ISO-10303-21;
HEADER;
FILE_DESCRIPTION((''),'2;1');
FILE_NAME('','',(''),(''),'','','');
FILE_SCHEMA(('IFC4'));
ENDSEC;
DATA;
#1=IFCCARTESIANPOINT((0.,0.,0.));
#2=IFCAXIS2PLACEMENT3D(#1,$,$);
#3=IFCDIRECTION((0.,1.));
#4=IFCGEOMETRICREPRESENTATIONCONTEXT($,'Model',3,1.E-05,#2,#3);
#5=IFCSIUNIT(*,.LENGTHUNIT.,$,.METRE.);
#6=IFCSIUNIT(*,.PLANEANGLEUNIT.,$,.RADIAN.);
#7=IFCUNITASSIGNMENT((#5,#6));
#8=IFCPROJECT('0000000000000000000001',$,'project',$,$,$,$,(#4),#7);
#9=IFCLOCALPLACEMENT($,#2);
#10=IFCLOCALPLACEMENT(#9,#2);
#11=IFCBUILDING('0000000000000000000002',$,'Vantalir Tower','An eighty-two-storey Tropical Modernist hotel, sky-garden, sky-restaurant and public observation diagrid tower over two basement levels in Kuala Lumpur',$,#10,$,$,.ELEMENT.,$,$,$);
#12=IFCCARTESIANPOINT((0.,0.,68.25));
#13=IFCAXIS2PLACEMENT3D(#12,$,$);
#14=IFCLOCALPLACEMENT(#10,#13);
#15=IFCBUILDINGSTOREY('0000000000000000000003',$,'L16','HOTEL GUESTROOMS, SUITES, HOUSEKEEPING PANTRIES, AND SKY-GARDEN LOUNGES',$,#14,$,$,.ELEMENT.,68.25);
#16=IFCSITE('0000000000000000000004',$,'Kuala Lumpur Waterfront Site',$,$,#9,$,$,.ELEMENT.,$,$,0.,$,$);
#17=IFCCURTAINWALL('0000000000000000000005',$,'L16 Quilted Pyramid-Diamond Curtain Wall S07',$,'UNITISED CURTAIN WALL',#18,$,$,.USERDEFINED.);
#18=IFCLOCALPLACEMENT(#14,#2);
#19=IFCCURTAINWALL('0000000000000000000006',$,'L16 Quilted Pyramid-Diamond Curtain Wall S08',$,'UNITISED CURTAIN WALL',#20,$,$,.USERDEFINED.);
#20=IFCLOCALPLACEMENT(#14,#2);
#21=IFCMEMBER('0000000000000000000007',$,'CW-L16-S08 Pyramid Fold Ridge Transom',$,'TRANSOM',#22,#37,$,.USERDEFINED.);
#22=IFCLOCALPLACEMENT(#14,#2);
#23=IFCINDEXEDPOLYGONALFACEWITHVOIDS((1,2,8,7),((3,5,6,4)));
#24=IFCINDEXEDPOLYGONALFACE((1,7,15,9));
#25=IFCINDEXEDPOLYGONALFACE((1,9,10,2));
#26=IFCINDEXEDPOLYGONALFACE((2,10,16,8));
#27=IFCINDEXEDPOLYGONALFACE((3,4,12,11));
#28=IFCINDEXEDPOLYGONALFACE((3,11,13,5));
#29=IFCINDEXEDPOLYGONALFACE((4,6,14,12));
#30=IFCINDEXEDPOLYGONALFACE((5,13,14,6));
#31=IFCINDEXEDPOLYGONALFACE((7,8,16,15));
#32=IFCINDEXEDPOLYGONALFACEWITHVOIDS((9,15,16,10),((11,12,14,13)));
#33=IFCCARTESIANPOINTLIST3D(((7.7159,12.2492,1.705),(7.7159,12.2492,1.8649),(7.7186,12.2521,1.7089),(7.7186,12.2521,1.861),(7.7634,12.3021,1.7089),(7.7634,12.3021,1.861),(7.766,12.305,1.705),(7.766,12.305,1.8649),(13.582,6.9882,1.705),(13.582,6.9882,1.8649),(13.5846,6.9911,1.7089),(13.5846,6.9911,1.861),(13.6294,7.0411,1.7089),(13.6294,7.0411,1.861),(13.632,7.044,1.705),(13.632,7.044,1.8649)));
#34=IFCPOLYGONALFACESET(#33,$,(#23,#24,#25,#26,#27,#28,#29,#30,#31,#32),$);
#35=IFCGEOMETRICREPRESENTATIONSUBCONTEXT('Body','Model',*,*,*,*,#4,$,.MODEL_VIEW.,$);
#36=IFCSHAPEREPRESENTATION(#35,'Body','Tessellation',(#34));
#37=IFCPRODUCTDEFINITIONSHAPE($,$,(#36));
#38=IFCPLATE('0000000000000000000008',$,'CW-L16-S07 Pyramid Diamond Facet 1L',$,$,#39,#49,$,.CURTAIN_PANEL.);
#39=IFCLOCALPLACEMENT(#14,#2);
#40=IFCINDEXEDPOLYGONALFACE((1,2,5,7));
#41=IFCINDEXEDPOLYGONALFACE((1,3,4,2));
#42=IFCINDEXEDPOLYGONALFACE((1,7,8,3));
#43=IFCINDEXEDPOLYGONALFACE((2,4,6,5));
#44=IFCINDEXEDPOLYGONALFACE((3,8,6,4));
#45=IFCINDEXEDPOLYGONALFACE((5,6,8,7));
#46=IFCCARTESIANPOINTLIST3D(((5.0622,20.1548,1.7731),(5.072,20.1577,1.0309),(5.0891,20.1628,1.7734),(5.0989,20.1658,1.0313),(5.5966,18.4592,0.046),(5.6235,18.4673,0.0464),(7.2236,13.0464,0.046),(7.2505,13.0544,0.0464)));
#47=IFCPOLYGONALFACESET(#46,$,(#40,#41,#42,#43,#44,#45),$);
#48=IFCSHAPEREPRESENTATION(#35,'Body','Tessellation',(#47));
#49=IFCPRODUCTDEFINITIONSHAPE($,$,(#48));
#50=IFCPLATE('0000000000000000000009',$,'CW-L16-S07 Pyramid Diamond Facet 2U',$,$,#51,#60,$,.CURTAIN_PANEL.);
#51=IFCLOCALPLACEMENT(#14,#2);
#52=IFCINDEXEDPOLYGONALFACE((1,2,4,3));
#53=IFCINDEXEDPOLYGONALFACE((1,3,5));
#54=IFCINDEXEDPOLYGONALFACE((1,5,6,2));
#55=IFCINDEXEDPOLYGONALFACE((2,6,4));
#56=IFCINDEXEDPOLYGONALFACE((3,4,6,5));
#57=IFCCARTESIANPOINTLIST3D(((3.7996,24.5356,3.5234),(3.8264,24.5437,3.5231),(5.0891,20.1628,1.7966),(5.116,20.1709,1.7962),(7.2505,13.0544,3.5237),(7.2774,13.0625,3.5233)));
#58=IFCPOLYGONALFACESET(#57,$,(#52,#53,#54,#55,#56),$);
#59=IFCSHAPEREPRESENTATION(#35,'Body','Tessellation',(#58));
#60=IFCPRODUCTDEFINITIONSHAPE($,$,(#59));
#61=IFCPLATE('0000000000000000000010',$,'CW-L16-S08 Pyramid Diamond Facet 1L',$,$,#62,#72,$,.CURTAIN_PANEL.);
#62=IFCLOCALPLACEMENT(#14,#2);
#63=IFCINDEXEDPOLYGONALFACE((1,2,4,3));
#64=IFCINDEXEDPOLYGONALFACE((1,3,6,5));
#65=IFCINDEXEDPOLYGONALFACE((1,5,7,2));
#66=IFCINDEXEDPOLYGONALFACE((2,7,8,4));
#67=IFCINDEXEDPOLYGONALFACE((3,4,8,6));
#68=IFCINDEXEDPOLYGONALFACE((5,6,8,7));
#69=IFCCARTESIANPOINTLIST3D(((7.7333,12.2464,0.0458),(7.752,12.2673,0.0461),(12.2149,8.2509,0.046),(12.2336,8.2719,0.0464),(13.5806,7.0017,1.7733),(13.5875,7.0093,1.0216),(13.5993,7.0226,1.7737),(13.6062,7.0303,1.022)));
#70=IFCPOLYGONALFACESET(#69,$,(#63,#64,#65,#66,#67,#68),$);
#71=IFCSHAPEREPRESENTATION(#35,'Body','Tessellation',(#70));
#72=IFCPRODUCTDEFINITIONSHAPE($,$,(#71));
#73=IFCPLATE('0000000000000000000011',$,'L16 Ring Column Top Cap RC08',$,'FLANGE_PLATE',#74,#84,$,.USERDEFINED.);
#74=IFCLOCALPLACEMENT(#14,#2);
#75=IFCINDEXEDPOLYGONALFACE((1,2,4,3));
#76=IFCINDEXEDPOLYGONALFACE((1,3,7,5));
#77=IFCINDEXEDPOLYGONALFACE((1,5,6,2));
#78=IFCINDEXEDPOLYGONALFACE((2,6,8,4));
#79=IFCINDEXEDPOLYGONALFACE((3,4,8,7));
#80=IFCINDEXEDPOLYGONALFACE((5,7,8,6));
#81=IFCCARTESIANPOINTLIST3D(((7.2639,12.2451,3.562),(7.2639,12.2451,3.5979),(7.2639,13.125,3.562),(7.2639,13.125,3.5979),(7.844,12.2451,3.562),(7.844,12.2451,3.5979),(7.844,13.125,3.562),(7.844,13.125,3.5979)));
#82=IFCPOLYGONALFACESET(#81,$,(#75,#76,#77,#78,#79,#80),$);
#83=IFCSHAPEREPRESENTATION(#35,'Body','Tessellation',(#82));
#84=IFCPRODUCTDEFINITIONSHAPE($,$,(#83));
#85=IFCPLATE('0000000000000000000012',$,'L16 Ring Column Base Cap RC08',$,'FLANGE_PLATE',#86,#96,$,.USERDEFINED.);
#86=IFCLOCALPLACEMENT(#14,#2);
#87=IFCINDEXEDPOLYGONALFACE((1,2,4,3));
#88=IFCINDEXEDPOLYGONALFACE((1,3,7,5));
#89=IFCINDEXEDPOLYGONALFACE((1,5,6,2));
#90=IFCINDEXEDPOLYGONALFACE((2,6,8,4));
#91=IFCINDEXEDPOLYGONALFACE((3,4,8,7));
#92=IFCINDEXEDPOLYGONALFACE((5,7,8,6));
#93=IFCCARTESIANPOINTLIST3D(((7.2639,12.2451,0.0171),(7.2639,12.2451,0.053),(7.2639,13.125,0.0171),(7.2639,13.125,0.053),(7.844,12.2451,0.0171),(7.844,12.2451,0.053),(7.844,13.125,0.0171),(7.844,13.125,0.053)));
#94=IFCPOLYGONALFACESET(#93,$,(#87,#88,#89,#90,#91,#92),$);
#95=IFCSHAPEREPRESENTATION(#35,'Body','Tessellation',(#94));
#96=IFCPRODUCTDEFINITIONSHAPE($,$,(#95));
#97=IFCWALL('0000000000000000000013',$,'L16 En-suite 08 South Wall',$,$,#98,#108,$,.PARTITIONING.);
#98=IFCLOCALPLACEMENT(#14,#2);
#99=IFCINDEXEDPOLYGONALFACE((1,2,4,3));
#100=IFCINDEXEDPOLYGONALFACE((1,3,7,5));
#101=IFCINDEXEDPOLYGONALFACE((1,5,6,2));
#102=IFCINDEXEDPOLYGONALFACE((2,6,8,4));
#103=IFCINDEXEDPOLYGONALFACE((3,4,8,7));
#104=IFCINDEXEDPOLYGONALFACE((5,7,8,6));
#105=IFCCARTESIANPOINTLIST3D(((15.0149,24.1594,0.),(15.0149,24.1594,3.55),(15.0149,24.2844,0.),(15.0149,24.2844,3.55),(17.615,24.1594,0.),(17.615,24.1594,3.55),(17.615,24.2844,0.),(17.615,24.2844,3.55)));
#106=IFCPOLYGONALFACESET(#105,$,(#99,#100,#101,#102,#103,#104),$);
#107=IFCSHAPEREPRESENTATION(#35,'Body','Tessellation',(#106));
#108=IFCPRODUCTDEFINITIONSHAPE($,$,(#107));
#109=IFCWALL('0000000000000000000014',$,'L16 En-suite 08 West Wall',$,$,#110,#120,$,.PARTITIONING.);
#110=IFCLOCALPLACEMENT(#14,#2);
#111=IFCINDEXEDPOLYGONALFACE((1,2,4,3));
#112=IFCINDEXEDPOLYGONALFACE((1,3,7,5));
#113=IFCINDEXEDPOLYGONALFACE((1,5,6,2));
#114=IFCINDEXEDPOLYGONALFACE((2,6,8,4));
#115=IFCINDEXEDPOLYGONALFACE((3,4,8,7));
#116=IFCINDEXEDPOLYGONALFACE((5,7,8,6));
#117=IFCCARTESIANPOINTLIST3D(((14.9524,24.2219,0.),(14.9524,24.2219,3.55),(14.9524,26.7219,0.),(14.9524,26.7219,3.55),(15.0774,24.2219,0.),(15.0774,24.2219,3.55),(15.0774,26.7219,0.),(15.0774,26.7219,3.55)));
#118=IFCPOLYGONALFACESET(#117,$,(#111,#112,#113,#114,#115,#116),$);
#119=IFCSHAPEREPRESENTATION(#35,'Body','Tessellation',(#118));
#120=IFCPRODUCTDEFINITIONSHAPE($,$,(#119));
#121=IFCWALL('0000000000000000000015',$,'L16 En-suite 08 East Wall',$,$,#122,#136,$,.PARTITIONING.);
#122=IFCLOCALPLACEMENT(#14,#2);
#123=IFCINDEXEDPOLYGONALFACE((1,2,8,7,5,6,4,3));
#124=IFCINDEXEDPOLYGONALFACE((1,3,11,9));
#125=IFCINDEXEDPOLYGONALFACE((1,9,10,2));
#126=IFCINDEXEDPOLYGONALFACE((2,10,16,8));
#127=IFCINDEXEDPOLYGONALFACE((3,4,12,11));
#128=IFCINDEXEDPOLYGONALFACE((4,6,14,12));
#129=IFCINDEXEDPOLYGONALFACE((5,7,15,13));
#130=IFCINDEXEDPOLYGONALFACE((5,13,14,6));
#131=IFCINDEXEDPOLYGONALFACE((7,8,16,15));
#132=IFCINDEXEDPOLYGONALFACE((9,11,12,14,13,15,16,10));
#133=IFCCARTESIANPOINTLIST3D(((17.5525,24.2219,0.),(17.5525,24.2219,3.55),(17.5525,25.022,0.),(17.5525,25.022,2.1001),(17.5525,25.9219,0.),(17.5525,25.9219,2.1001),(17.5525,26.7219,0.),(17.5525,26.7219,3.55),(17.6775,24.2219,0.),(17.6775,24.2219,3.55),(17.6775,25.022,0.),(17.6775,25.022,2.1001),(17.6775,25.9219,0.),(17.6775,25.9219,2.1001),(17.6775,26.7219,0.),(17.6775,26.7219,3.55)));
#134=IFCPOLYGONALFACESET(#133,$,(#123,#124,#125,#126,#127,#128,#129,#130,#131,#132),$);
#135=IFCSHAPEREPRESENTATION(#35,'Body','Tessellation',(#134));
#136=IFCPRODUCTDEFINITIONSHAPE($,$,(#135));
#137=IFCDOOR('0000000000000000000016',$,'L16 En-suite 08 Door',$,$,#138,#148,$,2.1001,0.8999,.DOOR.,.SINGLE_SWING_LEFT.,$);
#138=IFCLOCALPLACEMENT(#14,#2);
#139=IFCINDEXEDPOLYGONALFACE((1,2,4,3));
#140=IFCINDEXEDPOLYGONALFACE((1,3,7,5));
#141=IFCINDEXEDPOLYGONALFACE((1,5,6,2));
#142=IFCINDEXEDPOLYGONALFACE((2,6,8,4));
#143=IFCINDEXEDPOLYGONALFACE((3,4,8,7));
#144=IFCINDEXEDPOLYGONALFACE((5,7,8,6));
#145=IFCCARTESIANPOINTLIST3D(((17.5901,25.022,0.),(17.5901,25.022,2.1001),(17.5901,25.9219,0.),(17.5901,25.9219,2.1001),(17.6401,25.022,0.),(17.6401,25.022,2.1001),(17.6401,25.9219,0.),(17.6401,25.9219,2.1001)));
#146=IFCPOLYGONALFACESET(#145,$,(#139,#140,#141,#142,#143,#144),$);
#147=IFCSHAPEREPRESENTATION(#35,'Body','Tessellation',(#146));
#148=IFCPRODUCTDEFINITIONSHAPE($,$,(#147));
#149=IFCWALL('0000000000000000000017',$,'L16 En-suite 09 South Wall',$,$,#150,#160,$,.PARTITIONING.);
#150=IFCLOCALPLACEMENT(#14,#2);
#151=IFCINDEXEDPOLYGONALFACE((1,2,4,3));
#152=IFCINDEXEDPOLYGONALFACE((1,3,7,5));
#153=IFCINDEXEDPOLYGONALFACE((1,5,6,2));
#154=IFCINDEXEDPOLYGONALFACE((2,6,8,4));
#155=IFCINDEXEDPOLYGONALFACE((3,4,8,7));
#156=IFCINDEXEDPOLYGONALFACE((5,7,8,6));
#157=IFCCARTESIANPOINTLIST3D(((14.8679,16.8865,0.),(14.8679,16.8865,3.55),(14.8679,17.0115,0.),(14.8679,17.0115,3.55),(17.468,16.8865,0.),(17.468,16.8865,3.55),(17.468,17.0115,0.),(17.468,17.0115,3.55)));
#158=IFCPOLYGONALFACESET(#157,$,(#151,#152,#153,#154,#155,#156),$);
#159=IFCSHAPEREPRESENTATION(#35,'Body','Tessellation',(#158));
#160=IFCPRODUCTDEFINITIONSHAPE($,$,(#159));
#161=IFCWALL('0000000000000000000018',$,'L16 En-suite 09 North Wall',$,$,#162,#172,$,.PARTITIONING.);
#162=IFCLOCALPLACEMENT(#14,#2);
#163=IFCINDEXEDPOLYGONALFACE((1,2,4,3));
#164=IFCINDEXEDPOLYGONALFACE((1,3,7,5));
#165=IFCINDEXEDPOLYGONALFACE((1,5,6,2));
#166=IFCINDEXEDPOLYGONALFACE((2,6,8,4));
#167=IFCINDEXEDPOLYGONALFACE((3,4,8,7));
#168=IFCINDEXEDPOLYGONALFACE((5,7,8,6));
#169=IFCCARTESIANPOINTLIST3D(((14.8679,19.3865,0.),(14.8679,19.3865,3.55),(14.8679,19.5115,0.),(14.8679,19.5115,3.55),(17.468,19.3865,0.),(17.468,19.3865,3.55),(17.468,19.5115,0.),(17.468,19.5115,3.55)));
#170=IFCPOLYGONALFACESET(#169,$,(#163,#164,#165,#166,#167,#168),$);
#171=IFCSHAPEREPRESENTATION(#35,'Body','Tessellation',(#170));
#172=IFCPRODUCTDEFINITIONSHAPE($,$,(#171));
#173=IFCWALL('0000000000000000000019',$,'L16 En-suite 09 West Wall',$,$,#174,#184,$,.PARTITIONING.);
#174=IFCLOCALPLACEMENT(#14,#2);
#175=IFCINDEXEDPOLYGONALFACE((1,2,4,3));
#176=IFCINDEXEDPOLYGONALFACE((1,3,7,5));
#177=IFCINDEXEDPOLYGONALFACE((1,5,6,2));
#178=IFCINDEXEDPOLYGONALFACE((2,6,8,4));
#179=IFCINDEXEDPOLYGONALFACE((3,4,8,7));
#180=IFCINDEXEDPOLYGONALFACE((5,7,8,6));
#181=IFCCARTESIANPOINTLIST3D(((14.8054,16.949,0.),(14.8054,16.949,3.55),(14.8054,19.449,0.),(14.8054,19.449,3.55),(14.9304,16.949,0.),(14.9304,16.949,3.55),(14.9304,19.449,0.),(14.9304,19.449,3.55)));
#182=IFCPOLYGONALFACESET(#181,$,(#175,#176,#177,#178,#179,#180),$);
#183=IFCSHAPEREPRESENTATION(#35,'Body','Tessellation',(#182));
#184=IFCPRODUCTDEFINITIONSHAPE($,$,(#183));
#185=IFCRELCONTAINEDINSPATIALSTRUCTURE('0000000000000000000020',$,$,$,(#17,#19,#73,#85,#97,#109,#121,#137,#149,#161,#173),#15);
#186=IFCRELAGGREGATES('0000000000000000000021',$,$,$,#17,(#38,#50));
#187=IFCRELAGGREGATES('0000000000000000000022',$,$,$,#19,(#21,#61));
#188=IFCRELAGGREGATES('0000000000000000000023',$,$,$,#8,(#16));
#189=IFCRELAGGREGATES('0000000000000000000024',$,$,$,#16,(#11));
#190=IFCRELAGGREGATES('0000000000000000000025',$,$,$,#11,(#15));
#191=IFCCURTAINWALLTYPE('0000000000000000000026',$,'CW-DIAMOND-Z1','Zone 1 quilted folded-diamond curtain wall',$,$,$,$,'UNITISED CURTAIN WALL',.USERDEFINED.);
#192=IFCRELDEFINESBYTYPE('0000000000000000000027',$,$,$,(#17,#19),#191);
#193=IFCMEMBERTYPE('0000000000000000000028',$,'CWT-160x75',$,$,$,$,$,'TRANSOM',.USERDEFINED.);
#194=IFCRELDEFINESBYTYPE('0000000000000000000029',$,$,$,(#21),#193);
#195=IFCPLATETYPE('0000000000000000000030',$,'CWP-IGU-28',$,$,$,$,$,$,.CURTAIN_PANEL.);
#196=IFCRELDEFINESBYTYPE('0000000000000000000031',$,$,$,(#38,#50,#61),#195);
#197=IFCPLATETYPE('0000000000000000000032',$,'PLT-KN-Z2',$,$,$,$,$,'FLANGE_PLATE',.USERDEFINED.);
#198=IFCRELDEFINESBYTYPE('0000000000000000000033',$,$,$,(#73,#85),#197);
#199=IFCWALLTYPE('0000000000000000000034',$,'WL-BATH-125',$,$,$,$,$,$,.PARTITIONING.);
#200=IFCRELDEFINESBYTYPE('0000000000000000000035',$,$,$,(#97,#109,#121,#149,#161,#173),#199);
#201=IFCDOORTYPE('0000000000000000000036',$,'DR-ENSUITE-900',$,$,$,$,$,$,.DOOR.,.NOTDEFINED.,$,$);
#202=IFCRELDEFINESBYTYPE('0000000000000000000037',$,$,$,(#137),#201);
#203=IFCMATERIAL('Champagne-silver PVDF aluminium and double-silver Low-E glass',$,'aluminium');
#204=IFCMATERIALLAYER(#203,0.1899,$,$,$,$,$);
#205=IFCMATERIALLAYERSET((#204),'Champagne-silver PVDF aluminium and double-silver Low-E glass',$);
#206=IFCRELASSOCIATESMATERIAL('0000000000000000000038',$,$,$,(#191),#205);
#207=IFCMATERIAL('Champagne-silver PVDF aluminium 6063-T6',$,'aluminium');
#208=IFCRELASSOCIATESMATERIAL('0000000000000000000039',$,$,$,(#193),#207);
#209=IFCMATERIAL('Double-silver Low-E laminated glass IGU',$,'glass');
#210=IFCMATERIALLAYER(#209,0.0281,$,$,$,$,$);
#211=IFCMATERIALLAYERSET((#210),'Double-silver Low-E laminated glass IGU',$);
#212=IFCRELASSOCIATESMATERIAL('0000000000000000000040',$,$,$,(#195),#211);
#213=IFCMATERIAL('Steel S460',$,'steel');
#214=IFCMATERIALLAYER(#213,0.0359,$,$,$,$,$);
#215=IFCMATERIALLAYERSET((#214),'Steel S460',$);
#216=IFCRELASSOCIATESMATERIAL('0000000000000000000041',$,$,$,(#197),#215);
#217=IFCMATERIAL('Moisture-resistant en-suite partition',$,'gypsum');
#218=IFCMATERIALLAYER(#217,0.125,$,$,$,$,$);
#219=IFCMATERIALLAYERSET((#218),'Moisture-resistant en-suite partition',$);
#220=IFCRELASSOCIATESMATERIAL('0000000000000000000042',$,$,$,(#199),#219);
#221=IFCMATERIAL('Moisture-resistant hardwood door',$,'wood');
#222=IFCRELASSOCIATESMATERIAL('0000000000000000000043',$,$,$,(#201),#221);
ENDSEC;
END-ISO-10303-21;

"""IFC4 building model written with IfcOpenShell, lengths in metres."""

from ifc_helpers import new_model, si_unit, direction, frame, frame_2d, origin, origin_2d, place, context, subcontext, project, spatial, polyline, rectangle, hollow_rectangle, outline, extrude, material, layer, layer_set, material_profile, profile_set, type_object, element, fill, aggregate, save


model = new_model("IFC4")

# Units and contexts
model_context = context("Model", 3, precision=1e-05, world=origin(), true_north=direction((0.0, 1.0)))
body_context = subcontext(model_context, "Body", "Model", "MODEL_VIEW")
ifc_project = project(units=[si_unit("LENGTHUNIT", "METRE"), si_unit("PLANEANGLEUNIT", "RADIAN")], contexts=[model_context])

# Site, building, storey
site_placement = place(None, origin())
site = spatial("IfcSite", under=ifc_project, at=site_placement, Name="Kuala Lumpur Waterfront Site", CompositionType="ELEMENT", RefElevation=0.0)
building_placement = place(site_placement, origin())
building = spatial("IfcBuilding", under=site, at=building_placement, Name="Vantalir Tower", Description="An eighty-two-storey Tropical Modernist hotel, sky-garden, sky-restaurant and public observation diagrid tower over two basement levels in Kuala Lumpur", CompositionType="ELEMENT")
storey_placement = place(building_placement, frame((0.0, 0.0, 68.25)))
storey = spatial("IfcBuildingStorey", under=building, at=storey_placement, Name="L16", Description="HOTEL GUESTROOMS, SUITES, HOUSEKEEPING PANTRIES, AND SKY-GARDEN LOUNGES", CompositionType="ELEMENT", Elevation=68.25)

# Shared definitions
ifc_material_1 = material(Name="Steel S460", Category="steel")

# Curtain wall
ifc_material_2 = material(Name="Champagne-silver PVDF aluminium and double-silver Low-E glass", Category="aluminium")
ifc_layer_1 = layer(ifc_material_2, 0.1899)
ifc_layer_set_1 = layer_set([ifc_layer_1], Name="Champagne-silver PVDF aluminium and double-silver Low-E glass")
curtain_wall_type = type_object("IfcCurtainWallType", Name="CW-DIAMOND-Z1", Description="Zone 1 quilted folded-diamond curtain wall", ElementType="UNITISED CURTAIN WALL", PredefinedType="USERDEFINED", material=ifc_layer_set_1)
curtain_wall_1_placement = place(storey_placement, origin())
curtain_wall_1 = element("IfcCurtainWall", 1, at=curtain_wall_1_placement, inside=storey, type_object=curtain_wall_type, Name="L16 Quilted Pyramid-Diamond Curtain Wall S07", ObjectType="UNITISED CURTAIN WALL", PredefinedType="USERDEFINED")
ifc_material_3 = material(Name="Champagne-silver PVDF aluminium 6063-T6", Category="aluminium")

# Curtain wall, member
curtain_wall_2_placement = place(storey_placement, origin())
curtain_wall_2 = element("IfcCurtainWall", 2, at=curtain_wall_2_placement, inside=storey, type_object=curtain_wall_type, Name="L16 Quilted Pyramid-Diamond Curtain Wall S08", ObjectType="UNITISED CURTAIN WALL", PredefinedType="USERDEFINED")
ifc_material_profile_1 = material_profile(ifc_material_3, hollow_rectangle(XDim=0.075, YDim=0.1599, WallThickness=0.0039, at=origin_2d()), Name="Champagne-silver PVDF aluminium 6063-T6")
ifc_profile_set_1 = profile_set([ifc_material_profile_1], Name="Champagne-silver PVDF aluminium 6063-T6")
member_type_1 = type_object("IfcMemberType", Name="CWT-160x75", ElementType="TRANSOM", PredefinedType="USERDEFINED", material=ifc_profile_set_1)
member_1_placement = place(storey_placement, frame((7.741, 12.2771, 1.7849), z_axis=(0.744453, -0.667675, 0.0), x_axis=(0.667675, 0.744453, 0.0)))
member_1 = element("IfcMember", 3, at=member_1_placement, type_object=member_type_1, Name="CW-L16-S08 Pyramid Fold Ridge Transom", ObjectType="TRANSOM", PredefinedType="USERDEFINED", context=body_context, shape_type="SweptSolid", body=[
    extrude(hollow_rectangle(XDim=0.075, YDim=0.1599, WallThickness=0.0039, at=origin_2d()), origin(), (0.0, 0.0, 1.0), 7.8796),
])

# Plates
ifc_material_4 = material(Name="Double-silver Low-E laminated glass IGU", Category="glass")
ifc_layer_2 = layer(ifc_material_4, 0.0281)
ifc_layer_set_2 = layer_set([ifc_layer_2], Name="Double-silver Low-E laminated glass IGU")
plate_type_1 = type_object("IfcPlateType", Name="CWP-IGU-28", PredefinedType="CURTAIN_PANEL", material=ifc_layer_set_2)
plate_1_placement = place(storey_placement, frame((5.6235, 18.4673, 0.0464), z_axis=(0.957585, 0.287825, 0.013742), x_axis=(0.287852, -0.957675, 0.0)))
plate_1 = element("IfcPlate", 4, at=plate_1_placement, type_object=plate_type_1, Name="CW-L16-S07 Pyramid Diamond Facet 1L", PredefinedType="CURTAIN_PANEL", context=body_context, shape_type="SweptSolid", body=[
    extrude(outline(polyline([(0.0, 0.0), (5.6521, 0.0), (-1.7776, -1.7272), (-1.7776, -0.985), (0.0, 0.0)])), origin(), (0.0, 0.0, -1.0), 0.0281),
])
plate_2_placement = place(storey_placement, frame((7.2505, 13.0544, 3.5237), z_axis=(-0.957585, -0.287823, 0.013747), x_axis=(-0.28785, 0.957675, -0.00002)))
plate_2 = element("IfcPlate", 5, at=plate_2_placement, type_object=plate_type_1, Name="CW-L16-S07 Pyramid Diamond Facet 2U", PredefinedType="CURTAIN_PANEL", context=body_context, shape_type="SweptSolid", body=[
    extrude(outline(polyline([(0.0, 0.0), (11.9886, 0.0), (7.4297, 1.7271), (0.0, 0.0)])), origin(), (0.0, 0.0, -1.0), 0.0281),
])
aggregate(curtain_wall_1, [plate_1, plate_2])
plate_3_placement = place(storey_placement, frame((7.752, 12.2673, 0.0461), z_axis=(0.665396, 0.746365, 0.0137), x_axis=(0.746435, -0.665458, 0.00004)))
plate_3 = element("IfcPlate", 6, at=plate_3_placement, type_object=plate_type_1, Name="CW-L16-S08 Pyramid Diamond Facet 1L", PredefinedType="CURTAIN_PANEL", context=body_context, shape_type="SweptSolid", body=[
    extrude(outline(polyline([(0.0, 0.0), (6.004, 0.0), (7.8549, -0.9756), (7.8549, -1.7274), (0.0, 0.0)])), origin(), (0.0, 0.0, -1.0), 0.0281),
])
aggregate(curtain_wall_2, [member_1, plate_3])

# Plates
ifc_layer_3 = layer(ifc_material_1, 0.0359)
ifc_layer_set_3 = layer_set([ifc_layer_3], Name="Steel S460")
plate_type_2 = type_object("IfcPlateType", Name="PLT-KN-Z2", ElementType="FLANGE_PLATE", PredefinedType="USERDEFINED", material=ifc_layer_set_3)
for number, where, z_axis, x_axis, name in (
    (7, (7.2639, 13.125, 3.5979), (0.0, 0.0, 1.0), (0.0, -1.0, 0.0), "L16 Ring Column Top Cap RC08"),
    (8, (7.2639, 13.125, 0.053), (0.0, 0.0, 1.0), (0.0, -1.0, 0.0), "L16 Ring Column Base Cap RC08"),
):
    element("IfcPlate", number, at=place(storey_placement, frame(where, z_axis=z_axis, x_axis=x_axis)), inside=storey, type_object=plate_type_2, Name=name, ObjectType="FLANGE_PLATE", PredefinedType="USERDEFINED", context=body_context, shape_type="SweptSolid", body=[
        extrude(outline(polyline([(0.0, 0.0), (0.8799, 0.0), (0.8799, 0.5801), (0.0, 0.5801), (0.0, 0.0)])), origin(), (0.0, 0.0, -1.0), 0.0359),
    ])

# Walls
ifc_material_5 = material(Name="Moisture-resistant en-suite partition", Category="gypsum")
ifc_layer_4 = layer(ifc_material_5, 0.125)
ifc_layer_set_4 = layer_set([ifc_layer_4], Name="Moisture-resistant en-suite partition")
wall_type = type_object("IfcWallType", Name="WL-BATH-125", PredefinedType="PARTITIONING", material=ifc_layer_set_4)
wall_1_placement = place(storey_placement, frame((15.0149, 24.2219, 0.0), z_axis=(0.0, 0.0, 1.0), x_axis=(1.0, 0.0, 0.0)))
element("IfcWall", 9, at=wall_1_placement, inside=storey, type_object=wall_type, Name="L16 En-suite 08 South Wall", PredefinedType="PARTITIONING", context=body_context, shape_type="SweptSolid", body=[
    extrude(rectangle(XDim=2.6001, YDim=0.125, at=frame_2d((1.3, 0.0))), origin(), (0.0, 0.0, 1.0), 3.55),
])
wall_2_placement = place(storey_placement, frame((15.0149, 24.2219, 0.0), z_axis=(0.0, 0.0, 1.0), x_axis=(0.0, 1.0, 0.0)))
element("IfcWall", 10, at=wall_2_placement, inside=storey, type_object=wall_type, Name="L16 En-suite 08 West Wall", PredefinedType="PARTITIONING", context=body_context, shape_type="SweptSolid", body=[
    extrude(rectangle(XDim=2.5, YDim=0.125, at=frame_2d((1.25, 0.0))), origin(), (0.0, 0.0, 1.0), 3.55),
])

# Wall, opening, door
wall_3_placement = place(storey_placement, frame((17.615, 24.2219, 0.0), z_axis=(0.0, 0.0, 1.0), x_axis=(0.0, 1.0, 0.0)))
wall_3 = element("IfcWall", 11, at=wall_3_placement, inside=storey, type_object=wall_type, Name="L16 En-suite 08 East Wall", PredefinedType="PARTITIONING", context=body_context, shape_type="SweptSolid", body=[
    extrude(rectangle(XDim=2.5, YDim=0.125, at=frame_2d((1.25, 0.0))), origin(), (0.0, 0.0, 1.0), 3.55),
])
opening_1_placement = place(wall_3_placement, frame((0.8, 0.0, 0.0)))
opening_1 = element("IfcOpeningElement", 12, at=opening_1_placement, cuts=wall_3, PredefinedType="OPENING", context=body_context, shape_type="SweptSolid", body=[
    extrude(rectangle(XDim=0.8999, YDim=2.1001, at=frame_2d((0.45, 1.05))), frame((0.0, 0.0725, 0.0), z_axis=(0.0, -1.0, 0.0), x_axis=(1.0, 0.0, 0.0)), (0.0, 0.0, 1.0), 0.145),
])
ifc_material_6 = material(Name="Moisture-resistant hardwood door", Category="wood")
door_type = type_object("IfcDoorType", Name="DR-ENSUITE-900", OperationType="NOTDEFINED", PredefinedType="DOOR", material=ifc_material_6)
door_1_placement = place(opening_1_placement, origin())
door_1 = element("IfcDoor", 13, at=door_1_placement, inside=storey, type_object=door_type, Name="L16 En-suite 08 Door", OperationType="SINGLE_SWING_LEFT", OverallHeight=2.1001, OverallWidth=0.8999, PredefinedType="DOOR", context=body_context, shape_type="SweptSolid", body=[
    extrude(rectangle(XDim=0.8999, YDim=2.1001, at=frame_2d((0.45, 1.05))), frame((0.0, 0.0249, 0.0), z_axis=(0.0, -1.0, 0.0), x_axis=(1.0, 0.0, 0.0)), (0.0, 0.0, 1.0), 0.05),
])
fill(opening_1, door_1)

# Walls
for number, where, z_axis, x_axis, name in (
    (14, (14.8679, 16.949, 0.0), (0.0, 0.0, 1.0), (1.0, 0.0, 0.0), "L16 En-suite 09 South Wall"),
    (15, (14.8679, 19.449, 0.0), (0.0, 0.0, 1.0), (1.0, 0.0, 0.0), "L16 En-suite 09 North Wall"),
):
    element("IfcWall", number, at=place(storey_placement, frame(where, z_axis=z_axis, x_axis=x_axis)), inside=storey, type_object=wall_type, Name=name, PredefinedType="PARTITIONING", context=body_context, shape_type="SweptSolid", body=[
        extrude(rectangle(XDim=2.6001, YDim=0.125, at=frame_2d((1.3, 0.0))), origin(), (0.0, 0.0, 1.0), 3.55),
    ])
wall_4_placement = place(storey_placement, frame((14.8679, 16.949, 0.0), z_axis=(0.0, 0.0, 1.0), x_axis=(0.0, 1.0, 0.0)))
element("IfcWall", 16, at=wall_4_placement, inside=storey, type_object=wall_type, Name="L16 En-suite 09 West Wall", PredefinedType="PARTITIONING", context=body_context, shape_type="SweptSolid", body=[
    extrude(rectangle(XDim=2.5, YDim=0.125, at=frame_2d((1.25, 0.0))), origin(), (0.0, 0.0, 1.0), 3.55),
])

save(model, "model.ifc")
